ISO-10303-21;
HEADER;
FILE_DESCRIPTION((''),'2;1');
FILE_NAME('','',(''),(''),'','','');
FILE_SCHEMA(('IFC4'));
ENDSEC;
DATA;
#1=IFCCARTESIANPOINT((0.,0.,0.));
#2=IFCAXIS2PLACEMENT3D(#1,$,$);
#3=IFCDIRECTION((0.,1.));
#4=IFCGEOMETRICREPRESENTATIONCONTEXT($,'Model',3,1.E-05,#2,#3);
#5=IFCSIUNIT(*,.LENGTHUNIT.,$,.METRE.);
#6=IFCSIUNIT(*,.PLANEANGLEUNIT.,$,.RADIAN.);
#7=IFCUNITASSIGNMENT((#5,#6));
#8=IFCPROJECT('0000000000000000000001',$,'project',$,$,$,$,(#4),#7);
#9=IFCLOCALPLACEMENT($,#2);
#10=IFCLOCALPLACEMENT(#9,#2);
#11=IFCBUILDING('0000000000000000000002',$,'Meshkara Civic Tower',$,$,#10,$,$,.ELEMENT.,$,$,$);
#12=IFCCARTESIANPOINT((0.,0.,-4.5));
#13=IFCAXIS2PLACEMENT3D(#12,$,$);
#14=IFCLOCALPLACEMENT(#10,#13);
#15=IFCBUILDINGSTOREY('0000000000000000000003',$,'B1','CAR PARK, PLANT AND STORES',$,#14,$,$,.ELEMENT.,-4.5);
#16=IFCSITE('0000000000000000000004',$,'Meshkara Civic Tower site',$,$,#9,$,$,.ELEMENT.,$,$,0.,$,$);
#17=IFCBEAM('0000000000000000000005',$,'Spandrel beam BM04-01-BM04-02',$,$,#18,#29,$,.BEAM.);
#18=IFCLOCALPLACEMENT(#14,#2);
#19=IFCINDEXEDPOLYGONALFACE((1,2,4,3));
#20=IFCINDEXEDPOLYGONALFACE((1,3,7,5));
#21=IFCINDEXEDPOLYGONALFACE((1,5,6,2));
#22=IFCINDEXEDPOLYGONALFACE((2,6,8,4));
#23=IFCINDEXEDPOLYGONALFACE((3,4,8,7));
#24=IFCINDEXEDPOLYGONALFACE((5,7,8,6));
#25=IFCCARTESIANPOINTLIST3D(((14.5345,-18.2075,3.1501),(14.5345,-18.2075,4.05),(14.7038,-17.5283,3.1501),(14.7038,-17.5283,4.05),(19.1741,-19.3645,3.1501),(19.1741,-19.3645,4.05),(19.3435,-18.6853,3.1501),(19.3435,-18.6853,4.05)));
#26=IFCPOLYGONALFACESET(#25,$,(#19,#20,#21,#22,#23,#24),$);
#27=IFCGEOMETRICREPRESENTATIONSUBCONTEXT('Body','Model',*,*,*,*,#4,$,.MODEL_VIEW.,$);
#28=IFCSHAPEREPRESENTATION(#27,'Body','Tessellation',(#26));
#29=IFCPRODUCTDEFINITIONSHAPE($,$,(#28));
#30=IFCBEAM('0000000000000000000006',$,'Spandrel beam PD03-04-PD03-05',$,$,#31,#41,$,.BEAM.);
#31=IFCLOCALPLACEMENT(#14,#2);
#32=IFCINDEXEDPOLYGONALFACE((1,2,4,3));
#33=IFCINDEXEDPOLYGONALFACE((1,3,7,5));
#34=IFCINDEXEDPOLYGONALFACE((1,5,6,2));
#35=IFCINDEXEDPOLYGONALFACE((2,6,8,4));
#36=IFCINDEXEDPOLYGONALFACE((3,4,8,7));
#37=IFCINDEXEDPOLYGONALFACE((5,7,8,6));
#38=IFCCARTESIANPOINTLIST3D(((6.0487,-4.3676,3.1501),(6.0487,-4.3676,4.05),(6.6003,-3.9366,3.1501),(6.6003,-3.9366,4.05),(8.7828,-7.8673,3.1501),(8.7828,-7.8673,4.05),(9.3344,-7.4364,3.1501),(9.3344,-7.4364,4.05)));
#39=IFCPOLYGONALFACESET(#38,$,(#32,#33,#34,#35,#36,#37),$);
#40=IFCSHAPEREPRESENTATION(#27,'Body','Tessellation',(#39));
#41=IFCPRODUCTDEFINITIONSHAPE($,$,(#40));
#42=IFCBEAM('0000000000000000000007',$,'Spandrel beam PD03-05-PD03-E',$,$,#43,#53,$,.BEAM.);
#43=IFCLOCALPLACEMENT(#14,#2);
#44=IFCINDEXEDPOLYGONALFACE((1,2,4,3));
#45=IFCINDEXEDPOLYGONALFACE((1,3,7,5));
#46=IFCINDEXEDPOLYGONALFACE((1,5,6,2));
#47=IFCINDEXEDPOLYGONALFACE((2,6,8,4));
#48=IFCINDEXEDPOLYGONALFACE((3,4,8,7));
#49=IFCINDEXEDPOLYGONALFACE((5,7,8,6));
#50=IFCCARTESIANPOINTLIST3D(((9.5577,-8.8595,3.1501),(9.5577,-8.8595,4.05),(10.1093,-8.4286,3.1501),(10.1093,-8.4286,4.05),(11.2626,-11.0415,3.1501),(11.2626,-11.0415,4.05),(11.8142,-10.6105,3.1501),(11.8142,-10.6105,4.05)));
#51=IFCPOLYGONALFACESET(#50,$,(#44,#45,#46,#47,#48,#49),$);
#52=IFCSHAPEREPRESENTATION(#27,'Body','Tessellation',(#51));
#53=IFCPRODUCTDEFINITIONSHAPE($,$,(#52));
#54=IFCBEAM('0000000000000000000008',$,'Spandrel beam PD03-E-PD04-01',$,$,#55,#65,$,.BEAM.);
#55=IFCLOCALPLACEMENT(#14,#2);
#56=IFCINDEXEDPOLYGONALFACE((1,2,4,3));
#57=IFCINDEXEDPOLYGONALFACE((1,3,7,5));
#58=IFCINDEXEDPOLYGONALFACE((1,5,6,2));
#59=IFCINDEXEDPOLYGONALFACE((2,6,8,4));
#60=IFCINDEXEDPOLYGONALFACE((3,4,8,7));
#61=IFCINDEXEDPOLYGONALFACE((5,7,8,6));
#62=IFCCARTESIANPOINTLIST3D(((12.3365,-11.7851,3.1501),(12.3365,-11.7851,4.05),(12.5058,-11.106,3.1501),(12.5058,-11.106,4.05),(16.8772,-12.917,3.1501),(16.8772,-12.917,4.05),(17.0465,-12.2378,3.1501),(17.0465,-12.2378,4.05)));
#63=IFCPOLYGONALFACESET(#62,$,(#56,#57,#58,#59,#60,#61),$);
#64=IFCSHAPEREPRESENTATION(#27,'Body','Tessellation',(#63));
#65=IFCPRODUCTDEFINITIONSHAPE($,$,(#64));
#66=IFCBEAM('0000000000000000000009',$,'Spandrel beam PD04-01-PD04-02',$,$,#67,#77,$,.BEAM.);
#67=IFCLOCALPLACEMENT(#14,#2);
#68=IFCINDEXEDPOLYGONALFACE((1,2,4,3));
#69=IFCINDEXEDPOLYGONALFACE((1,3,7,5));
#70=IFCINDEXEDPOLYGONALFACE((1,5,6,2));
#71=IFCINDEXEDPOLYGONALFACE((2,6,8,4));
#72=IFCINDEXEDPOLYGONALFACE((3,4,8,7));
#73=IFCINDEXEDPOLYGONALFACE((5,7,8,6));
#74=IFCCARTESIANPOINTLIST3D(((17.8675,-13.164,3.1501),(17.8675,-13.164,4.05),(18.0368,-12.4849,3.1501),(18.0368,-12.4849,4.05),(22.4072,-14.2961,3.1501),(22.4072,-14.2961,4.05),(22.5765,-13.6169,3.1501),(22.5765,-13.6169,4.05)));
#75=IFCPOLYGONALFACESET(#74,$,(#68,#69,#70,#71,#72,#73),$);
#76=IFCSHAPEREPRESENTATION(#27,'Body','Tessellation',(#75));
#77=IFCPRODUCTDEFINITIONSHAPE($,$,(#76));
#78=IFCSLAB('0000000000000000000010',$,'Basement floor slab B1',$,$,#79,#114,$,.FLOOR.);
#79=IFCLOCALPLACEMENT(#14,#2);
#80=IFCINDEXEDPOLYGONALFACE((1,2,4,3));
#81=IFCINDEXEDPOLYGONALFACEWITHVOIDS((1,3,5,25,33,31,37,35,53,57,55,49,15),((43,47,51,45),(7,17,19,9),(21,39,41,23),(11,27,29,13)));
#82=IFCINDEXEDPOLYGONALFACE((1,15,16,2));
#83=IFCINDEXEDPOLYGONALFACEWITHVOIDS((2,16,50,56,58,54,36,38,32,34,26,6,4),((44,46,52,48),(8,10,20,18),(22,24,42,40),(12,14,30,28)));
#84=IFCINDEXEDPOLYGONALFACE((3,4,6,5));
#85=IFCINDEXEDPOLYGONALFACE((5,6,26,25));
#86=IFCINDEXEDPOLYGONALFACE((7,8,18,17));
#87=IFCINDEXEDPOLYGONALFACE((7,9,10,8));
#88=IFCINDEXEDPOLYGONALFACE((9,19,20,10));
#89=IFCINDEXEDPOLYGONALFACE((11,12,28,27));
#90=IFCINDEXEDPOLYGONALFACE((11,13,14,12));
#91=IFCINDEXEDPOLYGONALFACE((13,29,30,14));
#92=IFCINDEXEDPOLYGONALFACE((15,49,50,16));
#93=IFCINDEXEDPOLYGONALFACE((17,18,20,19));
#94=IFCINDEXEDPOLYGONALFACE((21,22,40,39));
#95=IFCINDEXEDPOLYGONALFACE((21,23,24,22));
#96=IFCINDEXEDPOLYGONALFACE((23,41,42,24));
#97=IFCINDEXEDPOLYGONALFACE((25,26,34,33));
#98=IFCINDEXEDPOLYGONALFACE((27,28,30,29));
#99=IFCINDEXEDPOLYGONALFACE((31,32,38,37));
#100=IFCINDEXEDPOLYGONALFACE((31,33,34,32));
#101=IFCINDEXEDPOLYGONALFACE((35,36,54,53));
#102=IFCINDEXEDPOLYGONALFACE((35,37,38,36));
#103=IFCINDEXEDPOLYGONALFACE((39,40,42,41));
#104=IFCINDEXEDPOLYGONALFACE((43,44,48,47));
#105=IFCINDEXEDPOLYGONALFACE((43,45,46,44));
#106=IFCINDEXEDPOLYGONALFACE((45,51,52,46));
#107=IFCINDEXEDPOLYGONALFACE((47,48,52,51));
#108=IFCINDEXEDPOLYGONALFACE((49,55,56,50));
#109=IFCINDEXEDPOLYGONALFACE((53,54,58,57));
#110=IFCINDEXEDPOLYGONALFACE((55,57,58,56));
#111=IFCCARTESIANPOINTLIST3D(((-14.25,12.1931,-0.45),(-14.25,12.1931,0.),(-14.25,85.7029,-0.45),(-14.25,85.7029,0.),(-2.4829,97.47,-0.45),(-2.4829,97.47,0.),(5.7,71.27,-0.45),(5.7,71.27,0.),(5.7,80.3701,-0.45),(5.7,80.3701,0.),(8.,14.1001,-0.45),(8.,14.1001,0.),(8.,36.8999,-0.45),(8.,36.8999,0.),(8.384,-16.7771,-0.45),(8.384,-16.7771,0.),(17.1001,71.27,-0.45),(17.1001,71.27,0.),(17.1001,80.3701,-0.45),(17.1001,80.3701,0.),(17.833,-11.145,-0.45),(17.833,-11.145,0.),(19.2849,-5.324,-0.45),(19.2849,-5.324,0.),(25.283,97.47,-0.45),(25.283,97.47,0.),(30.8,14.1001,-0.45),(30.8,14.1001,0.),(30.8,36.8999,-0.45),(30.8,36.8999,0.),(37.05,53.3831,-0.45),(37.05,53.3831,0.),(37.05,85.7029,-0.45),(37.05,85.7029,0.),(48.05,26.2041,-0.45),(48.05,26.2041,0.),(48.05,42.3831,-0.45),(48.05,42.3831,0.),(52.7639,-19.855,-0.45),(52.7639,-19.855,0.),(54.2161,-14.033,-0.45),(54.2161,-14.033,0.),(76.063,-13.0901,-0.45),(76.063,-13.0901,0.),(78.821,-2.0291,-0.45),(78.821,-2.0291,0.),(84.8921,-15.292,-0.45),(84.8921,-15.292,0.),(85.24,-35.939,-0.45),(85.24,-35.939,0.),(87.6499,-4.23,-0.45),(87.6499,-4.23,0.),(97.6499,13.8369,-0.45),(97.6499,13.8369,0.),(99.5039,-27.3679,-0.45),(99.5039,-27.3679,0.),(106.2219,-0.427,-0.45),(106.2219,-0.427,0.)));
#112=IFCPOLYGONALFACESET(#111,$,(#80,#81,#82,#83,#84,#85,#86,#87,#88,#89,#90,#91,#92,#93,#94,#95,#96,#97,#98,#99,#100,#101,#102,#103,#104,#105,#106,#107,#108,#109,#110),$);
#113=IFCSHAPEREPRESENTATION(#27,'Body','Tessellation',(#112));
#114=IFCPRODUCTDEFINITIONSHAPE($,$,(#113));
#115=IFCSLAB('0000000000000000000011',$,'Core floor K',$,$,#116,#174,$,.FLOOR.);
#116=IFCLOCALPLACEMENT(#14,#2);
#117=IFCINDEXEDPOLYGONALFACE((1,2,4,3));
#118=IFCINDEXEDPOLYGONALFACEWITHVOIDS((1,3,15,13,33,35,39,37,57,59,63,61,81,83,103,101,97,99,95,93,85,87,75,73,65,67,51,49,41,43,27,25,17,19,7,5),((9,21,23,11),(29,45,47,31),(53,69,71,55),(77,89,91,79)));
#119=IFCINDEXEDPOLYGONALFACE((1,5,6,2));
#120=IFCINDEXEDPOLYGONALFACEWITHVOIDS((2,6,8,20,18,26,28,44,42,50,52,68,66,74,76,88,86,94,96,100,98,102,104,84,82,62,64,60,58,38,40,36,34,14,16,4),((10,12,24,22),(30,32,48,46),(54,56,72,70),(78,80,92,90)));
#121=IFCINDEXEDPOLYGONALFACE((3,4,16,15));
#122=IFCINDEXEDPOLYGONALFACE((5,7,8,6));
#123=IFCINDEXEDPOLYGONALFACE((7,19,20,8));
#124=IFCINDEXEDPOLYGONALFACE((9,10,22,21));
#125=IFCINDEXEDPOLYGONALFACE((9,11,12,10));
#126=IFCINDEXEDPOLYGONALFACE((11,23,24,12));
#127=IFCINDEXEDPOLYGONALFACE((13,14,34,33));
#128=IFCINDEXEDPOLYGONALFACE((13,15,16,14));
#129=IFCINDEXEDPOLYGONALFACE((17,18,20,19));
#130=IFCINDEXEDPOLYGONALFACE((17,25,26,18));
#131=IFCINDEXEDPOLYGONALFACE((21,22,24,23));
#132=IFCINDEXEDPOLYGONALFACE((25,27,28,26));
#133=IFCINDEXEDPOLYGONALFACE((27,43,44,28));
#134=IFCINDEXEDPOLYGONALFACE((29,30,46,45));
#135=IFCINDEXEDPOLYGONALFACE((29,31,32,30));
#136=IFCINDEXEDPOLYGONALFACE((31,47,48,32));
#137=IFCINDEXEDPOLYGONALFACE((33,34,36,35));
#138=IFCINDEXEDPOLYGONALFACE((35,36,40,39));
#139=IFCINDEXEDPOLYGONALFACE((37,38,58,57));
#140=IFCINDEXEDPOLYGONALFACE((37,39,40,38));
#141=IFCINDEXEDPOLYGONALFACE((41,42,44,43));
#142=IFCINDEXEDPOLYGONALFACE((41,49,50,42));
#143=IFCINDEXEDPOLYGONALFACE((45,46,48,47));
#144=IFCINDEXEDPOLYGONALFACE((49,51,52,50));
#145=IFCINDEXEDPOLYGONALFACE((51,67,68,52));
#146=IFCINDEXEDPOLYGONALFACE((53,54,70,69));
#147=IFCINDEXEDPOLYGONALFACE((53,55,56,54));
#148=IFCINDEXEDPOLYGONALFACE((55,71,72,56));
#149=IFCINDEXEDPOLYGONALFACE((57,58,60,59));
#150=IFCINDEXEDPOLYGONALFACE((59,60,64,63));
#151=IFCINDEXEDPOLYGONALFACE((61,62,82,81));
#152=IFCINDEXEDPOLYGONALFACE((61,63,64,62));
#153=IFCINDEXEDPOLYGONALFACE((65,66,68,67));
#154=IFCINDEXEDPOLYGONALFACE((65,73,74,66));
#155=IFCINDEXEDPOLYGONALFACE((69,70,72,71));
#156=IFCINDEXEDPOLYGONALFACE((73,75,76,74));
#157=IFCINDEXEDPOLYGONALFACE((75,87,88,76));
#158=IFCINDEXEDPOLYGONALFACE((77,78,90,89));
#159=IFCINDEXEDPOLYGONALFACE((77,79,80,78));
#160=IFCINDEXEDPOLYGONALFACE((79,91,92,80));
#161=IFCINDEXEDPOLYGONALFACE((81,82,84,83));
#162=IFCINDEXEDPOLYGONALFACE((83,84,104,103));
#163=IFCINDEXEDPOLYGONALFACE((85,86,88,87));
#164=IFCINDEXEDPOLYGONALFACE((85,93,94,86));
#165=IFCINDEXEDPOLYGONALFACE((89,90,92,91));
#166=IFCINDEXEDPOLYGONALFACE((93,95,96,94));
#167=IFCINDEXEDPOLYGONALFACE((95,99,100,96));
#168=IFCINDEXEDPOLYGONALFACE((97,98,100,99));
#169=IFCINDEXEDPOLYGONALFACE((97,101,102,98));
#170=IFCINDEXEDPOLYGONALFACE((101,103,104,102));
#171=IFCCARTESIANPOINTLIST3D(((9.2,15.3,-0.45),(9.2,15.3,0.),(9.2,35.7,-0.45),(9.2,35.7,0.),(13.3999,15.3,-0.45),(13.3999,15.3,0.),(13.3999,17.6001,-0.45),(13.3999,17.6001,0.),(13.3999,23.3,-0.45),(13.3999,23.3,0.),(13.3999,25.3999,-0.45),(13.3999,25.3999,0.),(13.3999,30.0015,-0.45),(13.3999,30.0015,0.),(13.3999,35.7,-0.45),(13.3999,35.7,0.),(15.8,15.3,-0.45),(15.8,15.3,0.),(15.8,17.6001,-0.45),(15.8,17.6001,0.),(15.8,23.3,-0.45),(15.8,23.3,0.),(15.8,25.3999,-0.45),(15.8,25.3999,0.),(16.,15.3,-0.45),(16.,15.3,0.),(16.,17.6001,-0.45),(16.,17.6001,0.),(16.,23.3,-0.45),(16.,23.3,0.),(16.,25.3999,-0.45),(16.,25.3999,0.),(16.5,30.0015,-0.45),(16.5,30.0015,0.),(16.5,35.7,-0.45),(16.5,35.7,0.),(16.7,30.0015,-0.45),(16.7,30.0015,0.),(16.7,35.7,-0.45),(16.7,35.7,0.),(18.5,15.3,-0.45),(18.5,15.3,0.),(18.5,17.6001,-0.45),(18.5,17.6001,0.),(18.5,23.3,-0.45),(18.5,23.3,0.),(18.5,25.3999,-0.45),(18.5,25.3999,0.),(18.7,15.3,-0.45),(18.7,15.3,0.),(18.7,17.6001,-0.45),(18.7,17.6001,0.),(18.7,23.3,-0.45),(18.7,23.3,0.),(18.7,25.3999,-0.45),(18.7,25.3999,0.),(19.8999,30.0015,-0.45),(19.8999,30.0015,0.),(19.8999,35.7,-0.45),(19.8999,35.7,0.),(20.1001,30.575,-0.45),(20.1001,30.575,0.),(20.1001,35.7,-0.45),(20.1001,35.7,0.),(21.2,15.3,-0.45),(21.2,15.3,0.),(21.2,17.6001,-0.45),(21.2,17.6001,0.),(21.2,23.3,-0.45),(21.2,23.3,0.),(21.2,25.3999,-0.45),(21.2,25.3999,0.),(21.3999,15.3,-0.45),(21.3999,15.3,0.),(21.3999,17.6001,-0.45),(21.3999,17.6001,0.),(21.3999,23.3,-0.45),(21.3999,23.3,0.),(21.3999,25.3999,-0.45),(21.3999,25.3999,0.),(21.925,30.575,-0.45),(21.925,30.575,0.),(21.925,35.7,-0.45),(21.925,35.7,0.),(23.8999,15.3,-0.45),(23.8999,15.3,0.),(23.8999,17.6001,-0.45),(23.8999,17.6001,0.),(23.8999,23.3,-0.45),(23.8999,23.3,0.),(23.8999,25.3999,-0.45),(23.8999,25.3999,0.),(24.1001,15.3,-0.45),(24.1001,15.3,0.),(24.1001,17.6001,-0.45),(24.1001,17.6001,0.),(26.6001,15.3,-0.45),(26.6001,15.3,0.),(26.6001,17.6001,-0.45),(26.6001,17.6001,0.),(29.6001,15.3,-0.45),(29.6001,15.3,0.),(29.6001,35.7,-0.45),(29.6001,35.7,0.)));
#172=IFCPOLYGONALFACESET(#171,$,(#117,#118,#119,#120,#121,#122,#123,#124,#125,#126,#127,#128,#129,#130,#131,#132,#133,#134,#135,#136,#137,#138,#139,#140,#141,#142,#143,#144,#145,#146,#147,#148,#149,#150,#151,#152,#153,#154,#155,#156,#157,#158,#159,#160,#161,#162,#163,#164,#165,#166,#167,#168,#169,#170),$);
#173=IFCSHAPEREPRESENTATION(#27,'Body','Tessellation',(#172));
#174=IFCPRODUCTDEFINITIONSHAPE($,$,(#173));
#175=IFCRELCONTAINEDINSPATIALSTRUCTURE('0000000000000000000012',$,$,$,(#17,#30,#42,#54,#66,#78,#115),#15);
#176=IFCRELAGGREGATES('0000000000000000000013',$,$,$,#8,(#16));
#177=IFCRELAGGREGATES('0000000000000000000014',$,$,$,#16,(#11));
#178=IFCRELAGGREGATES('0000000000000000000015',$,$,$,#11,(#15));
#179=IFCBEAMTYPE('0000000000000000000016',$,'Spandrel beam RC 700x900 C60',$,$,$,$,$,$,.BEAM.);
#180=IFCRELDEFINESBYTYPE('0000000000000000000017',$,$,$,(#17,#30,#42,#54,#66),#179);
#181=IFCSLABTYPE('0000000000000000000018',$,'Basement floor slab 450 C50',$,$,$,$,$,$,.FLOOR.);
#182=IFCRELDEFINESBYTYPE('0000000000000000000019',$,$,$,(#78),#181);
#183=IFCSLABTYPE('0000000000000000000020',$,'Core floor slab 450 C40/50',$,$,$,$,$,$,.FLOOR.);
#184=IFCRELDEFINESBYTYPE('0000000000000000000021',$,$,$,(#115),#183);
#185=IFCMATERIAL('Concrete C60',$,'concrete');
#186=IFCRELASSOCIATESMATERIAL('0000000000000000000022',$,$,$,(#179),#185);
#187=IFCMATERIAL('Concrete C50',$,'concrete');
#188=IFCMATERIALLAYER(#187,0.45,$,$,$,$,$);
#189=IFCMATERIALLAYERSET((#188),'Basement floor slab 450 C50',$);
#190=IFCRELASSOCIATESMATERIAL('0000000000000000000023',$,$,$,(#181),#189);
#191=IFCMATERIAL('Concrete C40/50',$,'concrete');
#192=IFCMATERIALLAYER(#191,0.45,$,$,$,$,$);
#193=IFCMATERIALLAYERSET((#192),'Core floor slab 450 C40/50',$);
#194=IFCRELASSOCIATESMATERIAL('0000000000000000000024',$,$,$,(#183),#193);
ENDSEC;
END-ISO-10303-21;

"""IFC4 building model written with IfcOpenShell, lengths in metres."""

from ifc_helpers import new_model, si_unit, direction, frame, origin, origin_2d, place, context, subcontext, project, spatial, polyline, rectangle, outline, extrude, material, layer, layer_set, material_profile, profile_set, type_object, element, save


model = new_model("IFC4")

# Units and contexts
model_context = context("Model", 3, precision=1e-05, world=origin(), true_north=direction((0.0, 1.0)))
body_context = subcontext(model_context, "Body", "Model", "MODEL_VIEW")
ifc_project = project(units=[si_unit("LENGTHUNIT", "METRE"), si_unit("PLANEANGLEUNIT", "RADIAN")], contexts=[model_context])

# Site, building, storey
site_placement = place(None, origin())
site = spatial("IfcSite", under=ifc_project, at=site_placement, Name="Meshkara Civic Tower site", CompositionType="ELEMENT", RefElevation=0.0)
building_placement = place(site_placement, origin())
building = spatial("IfcBuilding", under=site, at=building_placement, Name="Meshkara Civic Tower", CompositionType="ELEMENT")
storey_placement = place(building_placement, frame((0.0, 0.0, -4.5)))
storey = spatial("IfcBuildingStorey", under=building, at=storey_placement, Name="B1", Description="CAR PARK, PLANT AND STORES", CompositionType="ELEMENT", Elevation=-4.5)

# Beams
ifc_material_1 = material(Name="Concrete C60", Category="concrete")
ifc_material_profile_1 = material_profile(ifc_material_1, rectangle(XDim=0.7, YDim=0.8999, at=origin_2d()))
ifc_profile_set_1 = profile_set([ifc_material_profile_1], Name="Concrete C60")
beam_type = type_object("IfcBeamType", Name="Spandrel beam RC 700x900 C60", PredefinedType="BEAM", material=ifc_profile_set_1)
beam_1_placement = place(storey_placement, frame((14.6191, -17.8679, 3.6001), z_axis=(0.970286, -0.241959, 0.0), x_axis=(0.241959, 0.970286, 0.0)))
element("IfcBeam", 1, at=beam_1_placement, inside=storey, type_object=beam_type, Name="Spandrel beam BM04-01-BM04-02", PredefinedType="BEAM", context=body_context, shape_type="SweptSolid", body=[
    extrude(rectangle(XDim=0.7, YDim=0.8999, at=origin_2d()), origin(), (0.0, 0.0, 1.0), 4.7817),
])
beam_2_placement = place(storey_placement, frame((6.3245, -4.1521, 3.6001), z_axis=(0.615637, -0.78803, 0.0), x_axis=(0.78803, 0.615637, 0.0)))
element("IfcBeam", 2, at=beam_2_placement, inside=storey, type_object=beam_type, Name="Spandrel beam PD03-04-PD03-05", PredefinedType="BEAM", context=body_context, shape_type="SweptSolid", body=[
    extrude(rectangle(XDim=0.7, YDim=0.8999, at=origin_2d()), origin(), (0.0, 0.0, 1.0), 4.4412),
])
beam_3_placement = place(storey_placement, frame((9.8335, -8.644, 3.6001), z_axis=(0.615697, -0.787983, 0.0), x_axis=(0.787983, 0.615697, 0.0)))
element("IfcBeam", 3, at=beam_3_placement, inside=storey, type_object=beam_type, Name="Spandrel beam PD03-05-PD03-E", PredefinedType="BEAM", context=body_context, shape_type="SweptSolid", body=[
    extrude(rectangle(XDim=0.7, YDim=0.8999, at=origin_2d()), origin(), (0.0, 0.0, 1.0), 2.769),
])
beam_4_placement = place(storey_placement, frame((12.4211, -11.4456, 3.6001), z_axis=(0.970311, -0.24186, 0.0), x_axis=(0.24186, 0.970311, 0.0)))
element("IfcBeam", 4, at=beam_4_placement, inside=storey, type_object=beam_type, Name="Spandrel beam PD03-E-PD04-01", PredefinedType="BEAM", context=body_context, shape_type="SweptSolid", body=[
    extrude(rectangle(XDim=0.7, YDim=0.8999, at=origin_2d()), origin(), (0.0, 0.0, 1.0), 4.6797),
])
beam_5_placement = place(storey_placement, frame((17.9521, -12.8245, 3.6001), z_axis=(0.970287, -0.241959, 0.0), x_axis=(0.241959, 0.970287, 0.0)))
element("IfcBeam", 5, at=beam_5_placement, inside=storey, type_object=beam_type, Name="Spandrel beam PD04-01-PD04-02", PredefinedType="BEAM", context=body_context, shape_type="SweptSolid", body=[
    extrude(rectangle(XDim=0.7, YDim=0.8999, at=origin_2d()), origin(), (0.0, 0.0, 1.0), 4.6787),
])

# Slabs
ifc_material_2 = material(Name="Concrete C50", Category="concrete")
ifc_layer_1 = layer(ifc_material_2, 0.45)
ifc_layer_set_1 = layer_set([ifc_layer_1], Name="Basement floor slab 450 C50")
slab_type_1 = type_object("IfcSlabType", Name="Basement floor slab 450 C50", PredefinedType="FLOOR", material=ifc_layer_set_1)
slab_1_placement = place(storey_placement, frame((0.0, 0.0, -0.45)))
element("IfcSlab", 6, at=slab_1_placement, inside=storey, type_object=slab_type_1, Name="Basement floor slab B1", PredefinedType="FLOOR", context=body_context, shape_type="SweptSolid", body=[
    extrude(outline(polyline([(48.05, 42.3831), (48.05, 26.2041), (97.6499, 13.8369), (106.2219, -0.427), (99.5039, -27.3679), (85.24, -35.939), (8.384, -16.7771), (-14.25, 12.1931), (-14.25, 85.7029), (-2.4829, 97.47), (25.283, 97.47), (37.05, 85.7029), (37.05, 53.3831), (48.05, 42.3831)]), holes=[polyline([(19.2849, -5.324), (17.833, -11.145), (52.7639, -19.855), (54.2161, -14.033), (19.2849, -5.324)]), polyline([(76.063, -13.0901), (84.8921, -15.292), (87.6499, -4.23), (78.821, -2.0291), (76.063, -13.0901)]), polyline([(30.8, 14.1001), (30.8, 36.8999), (8.0, 36.8999), (8.0, 14.1001), (30.8, 14.1001)]), polyline([(5.7, 80.3701), (5.7, 71.27), (17.1001, 71.27), (17.1001, 80.3701), (5.7, 80.3701)])]), origin(), (0.0, 0.0, 1.0), 0.45),
])
ifc_material_3 = material(Name="Concrete C40/50", Category="concrete")
ifc_layer_2 = layer(ifc_material_3, 0.45)
ifc_layer_set_2 = layer_set([ifc_layer_2], Name="Core floor slab 450 C40/50")
slab_type_2 = type_object("IfcSlabType", Name="Core floor slab 450 C40/50", PredefinedType="FLOOR", material=ifc_layer_set_2)
slab_2_placement = place(storey_placement, frame((0.0, 0.0, -0.45)))
element("IfcSlab", 7, at=slab_2_placement, inside=storey, type_object=slab_type_2, Name="Core floor K", PredefinedType="FLOOR", context=body_context, shape_type="SweptSolid", body=[
    extrude(outline(polyline([(9.2, 35.7), (13.3999, 35.7), (13.3999, 30.0015), (16.5, 30.0015), (16.5, 35.7), (16.7, 35.7), (16.7, 30.0015), (19.8999, 30.0015), (19.8999, 35.7), (20.1001, 35.7), (20.1001, 30.575), (21.925, 30.575), (21.925, 35.7), (29.6001, 35.7), (29.6001, 15.3), (26.6001, 15.3), (26.6001, 17.6001), (24.1001, 17.6001), (24.1001, 15.3), (23.8999, 15.3), (23.8999, 17.6001), (21.3999, 17.6001), (21.3999, 15.3), (21.2, 15.3), (21.2, 17.6001), (18.7, 17.6001), (18.7, 15.3), (18.5, 15.3), (18.5, 17.6001), (16.0, 17.6001), (16.0, 15.3), (15.8, 15.3), (15.8, 17.6001), (13.3999, 17.6001), (13.3999, 15.3), (9.2, 15.3), (9.2, 35.7)]), holes=[polyline([(13.3999, 25.3999), (13.3999, 23.3), (15.8, 23.3), (15.8, 25.3999), (13.3999, 25.3999)]), polyline([(18.5, 25.3999), (16.0, 25.3999), (16.0, 23.3), (18.5, 23.3), (18.5, 25.3999)]), polyline([(18.7, 23.3), (21.2, 23.3), (21.2, 25.3999), (18.7, 25.3999), (18.7, 23.3)]), polyline([(23.8999, 23.3), (23.8999, 25.3999), (21.3999, 25.3999), (21.3999, 23.3), (23.8999, 23.3)])]), origin(), (0.0, 0.0, 1.0), 0.45),
])

save(model, "model.ifc")
